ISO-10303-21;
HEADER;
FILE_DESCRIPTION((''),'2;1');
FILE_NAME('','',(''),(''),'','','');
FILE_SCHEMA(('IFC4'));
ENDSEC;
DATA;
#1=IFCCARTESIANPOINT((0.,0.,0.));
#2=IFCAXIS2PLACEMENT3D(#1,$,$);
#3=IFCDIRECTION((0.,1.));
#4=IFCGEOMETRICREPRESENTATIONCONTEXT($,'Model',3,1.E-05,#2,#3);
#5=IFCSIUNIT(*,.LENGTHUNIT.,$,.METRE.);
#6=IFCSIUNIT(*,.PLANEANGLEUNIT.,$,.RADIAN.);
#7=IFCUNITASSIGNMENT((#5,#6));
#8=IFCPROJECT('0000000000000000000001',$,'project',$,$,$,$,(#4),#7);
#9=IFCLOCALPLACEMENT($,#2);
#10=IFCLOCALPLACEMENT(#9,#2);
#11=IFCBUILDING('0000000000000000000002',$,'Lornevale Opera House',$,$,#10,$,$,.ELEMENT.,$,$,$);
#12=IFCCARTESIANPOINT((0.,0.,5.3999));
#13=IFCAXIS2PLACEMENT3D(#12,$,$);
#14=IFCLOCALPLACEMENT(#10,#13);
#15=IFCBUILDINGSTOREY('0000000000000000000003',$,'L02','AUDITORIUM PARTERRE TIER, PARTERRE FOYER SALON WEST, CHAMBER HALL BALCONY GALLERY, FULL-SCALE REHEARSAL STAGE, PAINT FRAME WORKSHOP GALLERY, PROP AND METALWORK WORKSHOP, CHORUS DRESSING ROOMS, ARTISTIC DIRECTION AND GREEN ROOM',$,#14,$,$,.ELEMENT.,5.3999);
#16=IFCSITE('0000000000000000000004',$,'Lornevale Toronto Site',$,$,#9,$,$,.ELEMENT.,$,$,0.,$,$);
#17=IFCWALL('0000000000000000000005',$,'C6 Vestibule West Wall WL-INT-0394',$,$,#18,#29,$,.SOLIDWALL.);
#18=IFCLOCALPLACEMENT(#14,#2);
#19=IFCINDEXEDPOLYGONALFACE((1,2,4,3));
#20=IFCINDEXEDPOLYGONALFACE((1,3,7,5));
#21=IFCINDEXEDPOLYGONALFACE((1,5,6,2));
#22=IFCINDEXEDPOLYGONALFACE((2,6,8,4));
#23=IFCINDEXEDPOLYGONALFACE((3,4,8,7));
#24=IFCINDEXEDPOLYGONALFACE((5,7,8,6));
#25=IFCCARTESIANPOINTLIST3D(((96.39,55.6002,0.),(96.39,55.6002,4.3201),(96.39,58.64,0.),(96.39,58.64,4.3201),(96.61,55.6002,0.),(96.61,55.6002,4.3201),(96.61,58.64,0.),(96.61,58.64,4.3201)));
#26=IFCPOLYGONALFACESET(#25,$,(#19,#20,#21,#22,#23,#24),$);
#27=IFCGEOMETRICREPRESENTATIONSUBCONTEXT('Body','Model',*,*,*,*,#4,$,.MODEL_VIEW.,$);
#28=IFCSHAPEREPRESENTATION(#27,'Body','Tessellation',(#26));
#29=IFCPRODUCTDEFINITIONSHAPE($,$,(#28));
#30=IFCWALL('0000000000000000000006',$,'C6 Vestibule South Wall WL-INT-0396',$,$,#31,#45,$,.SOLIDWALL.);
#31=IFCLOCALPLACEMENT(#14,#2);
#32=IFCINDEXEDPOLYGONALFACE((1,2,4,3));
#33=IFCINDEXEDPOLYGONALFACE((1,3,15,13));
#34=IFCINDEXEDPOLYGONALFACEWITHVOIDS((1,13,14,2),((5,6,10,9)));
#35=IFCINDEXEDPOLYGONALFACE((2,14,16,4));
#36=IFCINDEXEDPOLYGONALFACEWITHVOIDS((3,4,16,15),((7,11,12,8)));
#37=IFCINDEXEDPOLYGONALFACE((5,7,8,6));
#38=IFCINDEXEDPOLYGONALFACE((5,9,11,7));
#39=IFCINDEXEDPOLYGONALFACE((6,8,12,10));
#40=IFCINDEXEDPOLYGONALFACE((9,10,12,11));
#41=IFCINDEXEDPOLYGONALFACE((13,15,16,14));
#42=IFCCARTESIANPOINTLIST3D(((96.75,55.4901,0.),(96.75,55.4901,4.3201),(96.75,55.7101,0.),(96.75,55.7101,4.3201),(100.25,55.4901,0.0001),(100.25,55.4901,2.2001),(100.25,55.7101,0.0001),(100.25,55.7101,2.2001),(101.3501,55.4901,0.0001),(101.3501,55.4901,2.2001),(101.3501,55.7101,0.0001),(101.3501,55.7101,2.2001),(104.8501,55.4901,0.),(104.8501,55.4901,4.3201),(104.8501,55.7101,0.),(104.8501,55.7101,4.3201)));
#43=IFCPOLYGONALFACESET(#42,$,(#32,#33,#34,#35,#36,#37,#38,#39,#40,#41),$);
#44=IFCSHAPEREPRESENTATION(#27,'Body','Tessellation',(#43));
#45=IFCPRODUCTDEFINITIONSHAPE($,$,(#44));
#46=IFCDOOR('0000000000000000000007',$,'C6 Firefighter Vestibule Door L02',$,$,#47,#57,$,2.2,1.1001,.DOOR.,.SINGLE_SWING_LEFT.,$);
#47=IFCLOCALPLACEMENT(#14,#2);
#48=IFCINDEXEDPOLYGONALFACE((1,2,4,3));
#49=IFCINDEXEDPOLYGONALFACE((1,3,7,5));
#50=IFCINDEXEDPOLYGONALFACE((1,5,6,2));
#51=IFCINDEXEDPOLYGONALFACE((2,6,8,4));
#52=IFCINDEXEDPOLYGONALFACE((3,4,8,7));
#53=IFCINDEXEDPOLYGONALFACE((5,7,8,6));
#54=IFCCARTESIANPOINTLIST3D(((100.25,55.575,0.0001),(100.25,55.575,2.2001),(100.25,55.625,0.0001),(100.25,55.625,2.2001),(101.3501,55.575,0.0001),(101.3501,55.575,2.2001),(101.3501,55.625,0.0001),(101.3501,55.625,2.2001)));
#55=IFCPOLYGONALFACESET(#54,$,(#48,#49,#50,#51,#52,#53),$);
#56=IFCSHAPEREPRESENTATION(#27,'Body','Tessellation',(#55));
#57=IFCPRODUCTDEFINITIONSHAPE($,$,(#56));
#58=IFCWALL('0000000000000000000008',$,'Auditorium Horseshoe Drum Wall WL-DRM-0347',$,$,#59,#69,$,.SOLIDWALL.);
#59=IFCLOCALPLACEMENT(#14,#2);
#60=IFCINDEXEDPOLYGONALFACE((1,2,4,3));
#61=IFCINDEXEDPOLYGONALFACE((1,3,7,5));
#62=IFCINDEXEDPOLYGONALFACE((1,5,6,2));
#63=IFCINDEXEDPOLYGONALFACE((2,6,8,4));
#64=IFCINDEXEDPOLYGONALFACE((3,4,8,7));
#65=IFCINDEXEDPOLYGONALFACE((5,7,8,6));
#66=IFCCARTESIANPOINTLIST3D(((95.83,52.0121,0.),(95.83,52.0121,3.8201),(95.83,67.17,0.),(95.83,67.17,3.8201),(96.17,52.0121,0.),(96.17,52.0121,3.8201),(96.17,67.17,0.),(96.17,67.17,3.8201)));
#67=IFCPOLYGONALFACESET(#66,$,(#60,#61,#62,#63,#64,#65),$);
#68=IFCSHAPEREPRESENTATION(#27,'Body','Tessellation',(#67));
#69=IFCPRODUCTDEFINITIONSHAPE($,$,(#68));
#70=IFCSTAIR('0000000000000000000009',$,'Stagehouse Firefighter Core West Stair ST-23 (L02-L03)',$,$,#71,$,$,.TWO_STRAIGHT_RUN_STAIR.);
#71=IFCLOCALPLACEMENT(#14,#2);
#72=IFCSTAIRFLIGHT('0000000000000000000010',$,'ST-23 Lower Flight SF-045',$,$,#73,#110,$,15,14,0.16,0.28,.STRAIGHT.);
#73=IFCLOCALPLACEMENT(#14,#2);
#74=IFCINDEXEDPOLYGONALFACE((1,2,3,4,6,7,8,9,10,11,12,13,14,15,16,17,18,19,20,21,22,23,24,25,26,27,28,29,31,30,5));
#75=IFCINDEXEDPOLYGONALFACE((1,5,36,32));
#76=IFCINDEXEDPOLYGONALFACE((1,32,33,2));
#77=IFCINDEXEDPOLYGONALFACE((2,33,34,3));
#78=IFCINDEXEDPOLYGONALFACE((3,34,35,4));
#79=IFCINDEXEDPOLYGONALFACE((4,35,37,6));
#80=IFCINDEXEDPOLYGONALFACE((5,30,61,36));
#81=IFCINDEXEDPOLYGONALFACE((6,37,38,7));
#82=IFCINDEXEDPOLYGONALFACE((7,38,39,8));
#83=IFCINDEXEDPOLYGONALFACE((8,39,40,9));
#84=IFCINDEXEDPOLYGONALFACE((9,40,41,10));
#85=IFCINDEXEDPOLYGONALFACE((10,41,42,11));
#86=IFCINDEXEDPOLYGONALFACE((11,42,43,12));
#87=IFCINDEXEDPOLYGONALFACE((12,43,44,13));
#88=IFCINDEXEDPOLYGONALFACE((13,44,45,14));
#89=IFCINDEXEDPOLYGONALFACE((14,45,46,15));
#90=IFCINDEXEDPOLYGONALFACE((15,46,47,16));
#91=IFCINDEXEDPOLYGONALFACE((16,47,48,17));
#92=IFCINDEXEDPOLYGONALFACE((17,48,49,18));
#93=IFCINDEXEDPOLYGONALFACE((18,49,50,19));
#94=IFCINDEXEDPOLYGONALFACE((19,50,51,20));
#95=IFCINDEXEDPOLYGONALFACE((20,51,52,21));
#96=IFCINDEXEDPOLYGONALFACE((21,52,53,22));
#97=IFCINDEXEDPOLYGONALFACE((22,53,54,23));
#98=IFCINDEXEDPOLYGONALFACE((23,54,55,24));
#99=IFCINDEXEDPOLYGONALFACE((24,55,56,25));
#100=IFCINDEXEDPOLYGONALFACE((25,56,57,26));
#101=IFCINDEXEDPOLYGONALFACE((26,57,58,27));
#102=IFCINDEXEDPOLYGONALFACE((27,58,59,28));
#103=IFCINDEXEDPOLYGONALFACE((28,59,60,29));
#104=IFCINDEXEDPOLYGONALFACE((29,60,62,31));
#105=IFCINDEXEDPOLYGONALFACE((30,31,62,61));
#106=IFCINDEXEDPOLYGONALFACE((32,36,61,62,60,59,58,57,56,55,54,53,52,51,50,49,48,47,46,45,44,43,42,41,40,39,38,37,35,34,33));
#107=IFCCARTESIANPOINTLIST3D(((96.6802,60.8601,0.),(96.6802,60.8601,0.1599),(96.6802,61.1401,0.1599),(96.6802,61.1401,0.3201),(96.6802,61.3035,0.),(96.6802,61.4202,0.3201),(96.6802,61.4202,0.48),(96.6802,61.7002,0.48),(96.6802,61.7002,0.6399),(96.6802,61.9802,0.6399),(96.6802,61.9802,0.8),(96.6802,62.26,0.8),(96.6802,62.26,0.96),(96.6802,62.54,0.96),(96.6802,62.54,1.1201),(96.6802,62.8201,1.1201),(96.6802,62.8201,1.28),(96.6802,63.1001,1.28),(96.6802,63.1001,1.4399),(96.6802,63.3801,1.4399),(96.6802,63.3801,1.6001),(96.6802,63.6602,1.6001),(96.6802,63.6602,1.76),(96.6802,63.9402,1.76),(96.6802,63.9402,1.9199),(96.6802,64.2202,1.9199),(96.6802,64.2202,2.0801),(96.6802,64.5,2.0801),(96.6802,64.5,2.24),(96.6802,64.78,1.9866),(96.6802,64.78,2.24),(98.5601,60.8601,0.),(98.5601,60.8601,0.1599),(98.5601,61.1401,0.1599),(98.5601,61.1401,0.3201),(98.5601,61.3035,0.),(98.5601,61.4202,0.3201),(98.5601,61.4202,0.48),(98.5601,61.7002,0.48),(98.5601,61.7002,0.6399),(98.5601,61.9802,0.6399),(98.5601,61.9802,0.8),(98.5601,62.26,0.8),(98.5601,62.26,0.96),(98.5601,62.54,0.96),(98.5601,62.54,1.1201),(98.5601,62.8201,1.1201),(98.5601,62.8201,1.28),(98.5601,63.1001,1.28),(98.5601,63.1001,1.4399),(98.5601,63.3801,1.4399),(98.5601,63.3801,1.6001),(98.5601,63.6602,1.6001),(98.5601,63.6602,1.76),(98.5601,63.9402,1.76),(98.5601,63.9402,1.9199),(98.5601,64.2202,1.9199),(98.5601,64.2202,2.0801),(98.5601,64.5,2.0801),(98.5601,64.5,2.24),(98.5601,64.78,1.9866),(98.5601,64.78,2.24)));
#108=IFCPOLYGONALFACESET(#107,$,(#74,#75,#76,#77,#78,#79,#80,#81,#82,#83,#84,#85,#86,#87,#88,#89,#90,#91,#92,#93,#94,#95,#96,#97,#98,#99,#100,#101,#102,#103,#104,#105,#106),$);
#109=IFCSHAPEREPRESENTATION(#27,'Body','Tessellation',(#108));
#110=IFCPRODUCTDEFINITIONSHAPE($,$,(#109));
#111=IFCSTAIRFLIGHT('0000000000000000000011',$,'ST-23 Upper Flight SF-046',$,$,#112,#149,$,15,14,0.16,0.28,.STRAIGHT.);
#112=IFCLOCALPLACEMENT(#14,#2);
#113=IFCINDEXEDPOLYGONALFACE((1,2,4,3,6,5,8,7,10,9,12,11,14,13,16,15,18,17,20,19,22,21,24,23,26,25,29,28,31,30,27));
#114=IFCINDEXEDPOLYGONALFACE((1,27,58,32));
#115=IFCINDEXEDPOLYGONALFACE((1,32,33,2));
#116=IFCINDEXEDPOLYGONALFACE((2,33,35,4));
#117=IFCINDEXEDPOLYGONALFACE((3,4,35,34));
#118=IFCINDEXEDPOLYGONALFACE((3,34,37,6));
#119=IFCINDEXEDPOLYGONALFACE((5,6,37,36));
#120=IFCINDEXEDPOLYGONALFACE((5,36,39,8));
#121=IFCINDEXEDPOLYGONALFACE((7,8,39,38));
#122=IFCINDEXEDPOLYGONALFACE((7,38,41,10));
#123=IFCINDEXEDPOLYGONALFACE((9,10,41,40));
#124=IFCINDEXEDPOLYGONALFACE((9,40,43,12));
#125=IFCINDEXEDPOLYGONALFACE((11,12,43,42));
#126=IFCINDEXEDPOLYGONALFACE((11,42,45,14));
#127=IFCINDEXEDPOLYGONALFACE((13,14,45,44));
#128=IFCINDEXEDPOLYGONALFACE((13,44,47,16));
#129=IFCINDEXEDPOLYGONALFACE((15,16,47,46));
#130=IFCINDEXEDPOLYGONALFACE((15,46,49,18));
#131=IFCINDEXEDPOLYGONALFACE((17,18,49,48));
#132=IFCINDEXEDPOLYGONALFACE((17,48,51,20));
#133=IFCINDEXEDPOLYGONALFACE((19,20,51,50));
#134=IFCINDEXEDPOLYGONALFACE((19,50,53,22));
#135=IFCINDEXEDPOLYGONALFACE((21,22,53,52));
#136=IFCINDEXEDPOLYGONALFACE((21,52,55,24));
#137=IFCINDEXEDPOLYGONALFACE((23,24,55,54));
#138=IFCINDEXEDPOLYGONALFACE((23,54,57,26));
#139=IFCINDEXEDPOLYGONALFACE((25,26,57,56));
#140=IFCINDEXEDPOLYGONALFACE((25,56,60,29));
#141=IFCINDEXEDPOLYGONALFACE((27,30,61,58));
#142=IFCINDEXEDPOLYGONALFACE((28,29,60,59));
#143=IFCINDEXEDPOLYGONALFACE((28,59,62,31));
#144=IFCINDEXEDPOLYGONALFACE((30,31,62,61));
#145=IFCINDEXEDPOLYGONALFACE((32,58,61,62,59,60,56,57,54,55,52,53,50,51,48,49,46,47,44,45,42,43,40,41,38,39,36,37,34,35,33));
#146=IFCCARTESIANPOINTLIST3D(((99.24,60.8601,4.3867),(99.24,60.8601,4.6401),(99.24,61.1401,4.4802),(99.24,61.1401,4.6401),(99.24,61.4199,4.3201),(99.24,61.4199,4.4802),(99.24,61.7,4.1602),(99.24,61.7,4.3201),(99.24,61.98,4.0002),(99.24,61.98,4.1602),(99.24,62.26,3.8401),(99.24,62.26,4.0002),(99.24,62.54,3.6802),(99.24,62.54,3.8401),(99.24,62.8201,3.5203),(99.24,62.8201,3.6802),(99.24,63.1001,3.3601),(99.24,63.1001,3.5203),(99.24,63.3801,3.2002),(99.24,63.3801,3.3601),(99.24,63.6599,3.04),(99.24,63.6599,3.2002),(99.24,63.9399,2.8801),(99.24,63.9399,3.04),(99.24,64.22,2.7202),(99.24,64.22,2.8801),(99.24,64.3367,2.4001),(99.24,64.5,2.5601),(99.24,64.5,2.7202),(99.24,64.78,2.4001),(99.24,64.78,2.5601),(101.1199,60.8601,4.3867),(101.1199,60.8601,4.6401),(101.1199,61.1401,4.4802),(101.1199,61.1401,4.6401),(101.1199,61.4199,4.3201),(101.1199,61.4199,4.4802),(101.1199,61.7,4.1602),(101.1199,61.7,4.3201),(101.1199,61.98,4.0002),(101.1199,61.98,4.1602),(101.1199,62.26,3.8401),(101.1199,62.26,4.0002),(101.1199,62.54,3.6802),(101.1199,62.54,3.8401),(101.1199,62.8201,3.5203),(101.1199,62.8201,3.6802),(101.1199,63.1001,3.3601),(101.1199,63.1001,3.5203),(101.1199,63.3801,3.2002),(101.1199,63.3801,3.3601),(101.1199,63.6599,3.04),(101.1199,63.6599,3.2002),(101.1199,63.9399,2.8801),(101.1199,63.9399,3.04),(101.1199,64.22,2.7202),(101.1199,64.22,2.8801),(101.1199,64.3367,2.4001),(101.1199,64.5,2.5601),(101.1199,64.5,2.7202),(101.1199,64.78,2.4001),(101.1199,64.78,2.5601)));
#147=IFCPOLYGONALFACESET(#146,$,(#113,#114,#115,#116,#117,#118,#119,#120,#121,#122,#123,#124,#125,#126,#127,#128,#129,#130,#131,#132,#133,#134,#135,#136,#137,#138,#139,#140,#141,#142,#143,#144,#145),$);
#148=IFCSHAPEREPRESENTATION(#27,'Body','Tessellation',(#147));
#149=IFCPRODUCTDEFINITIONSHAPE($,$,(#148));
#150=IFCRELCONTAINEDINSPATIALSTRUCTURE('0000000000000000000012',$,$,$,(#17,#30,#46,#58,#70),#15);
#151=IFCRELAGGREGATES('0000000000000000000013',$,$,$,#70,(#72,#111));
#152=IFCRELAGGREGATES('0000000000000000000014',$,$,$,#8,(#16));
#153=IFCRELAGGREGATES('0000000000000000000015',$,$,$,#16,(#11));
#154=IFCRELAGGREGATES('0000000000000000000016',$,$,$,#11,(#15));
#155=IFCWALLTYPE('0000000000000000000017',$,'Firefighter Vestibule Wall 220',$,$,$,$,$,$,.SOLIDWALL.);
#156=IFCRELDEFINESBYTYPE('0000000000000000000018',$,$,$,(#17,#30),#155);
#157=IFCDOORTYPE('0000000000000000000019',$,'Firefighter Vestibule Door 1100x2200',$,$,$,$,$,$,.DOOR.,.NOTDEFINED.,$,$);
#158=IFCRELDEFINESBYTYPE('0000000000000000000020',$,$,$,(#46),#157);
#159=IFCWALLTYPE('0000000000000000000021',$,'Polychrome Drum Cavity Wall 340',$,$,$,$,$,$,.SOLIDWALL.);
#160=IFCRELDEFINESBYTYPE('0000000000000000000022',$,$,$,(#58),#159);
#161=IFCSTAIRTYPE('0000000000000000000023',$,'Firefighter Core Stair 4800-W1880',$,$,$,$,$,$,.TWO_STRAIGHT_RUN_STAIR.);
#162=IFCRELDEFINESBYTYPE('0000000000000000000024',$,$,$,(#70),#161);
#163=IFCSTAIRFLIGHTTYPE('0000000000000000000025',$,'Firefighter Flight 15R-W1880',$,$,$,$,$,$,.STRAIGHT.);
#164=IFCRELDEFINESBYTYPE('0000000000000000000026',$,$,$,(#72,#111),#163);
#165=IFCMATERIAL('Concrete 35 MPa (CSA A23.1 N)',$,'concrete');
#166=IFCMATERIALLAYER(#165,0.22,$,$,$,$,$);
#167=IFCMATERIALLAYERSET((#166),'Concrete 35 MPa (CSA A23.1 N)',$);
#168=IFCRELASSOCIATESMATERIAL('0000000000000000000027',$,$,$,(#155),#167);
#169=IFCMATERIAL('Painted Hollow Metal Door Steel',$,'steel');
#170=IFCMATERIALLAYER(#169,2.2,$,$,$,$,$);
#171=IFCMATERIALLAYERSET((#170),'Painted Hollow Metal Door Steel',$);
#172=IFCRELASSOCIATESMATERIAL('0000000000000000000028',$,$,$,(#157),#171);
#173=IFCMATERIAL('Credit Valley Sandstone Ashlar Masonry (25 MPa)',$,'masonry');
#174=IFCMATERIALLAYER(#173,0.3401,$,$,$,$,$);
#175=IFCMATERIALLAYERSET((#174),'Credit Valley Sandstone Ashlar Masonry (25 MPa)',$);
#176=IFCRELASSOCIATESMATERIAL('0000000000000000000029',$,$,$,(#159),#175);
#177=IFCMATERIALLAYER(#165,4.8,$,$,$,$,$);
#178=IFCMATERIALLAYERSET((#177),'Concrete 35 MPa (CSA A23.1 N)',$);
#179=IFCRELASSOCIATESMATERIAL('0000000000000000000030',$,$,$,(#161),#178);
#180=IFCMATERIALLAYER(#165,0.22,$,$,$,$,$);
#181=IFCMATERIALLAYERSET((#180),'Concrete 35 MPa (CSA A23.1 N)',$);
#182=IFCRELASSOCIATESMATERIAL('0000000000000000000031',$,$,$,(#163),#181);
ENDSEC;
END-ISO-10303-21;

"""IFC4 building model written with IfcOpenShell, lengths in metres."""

from ifc_helpers import new_model, si_unit, direction, frame, frame_2d, origin, place, context, subcontext, project, spatial, polyline, rectangle, outline, extrude, material, layer, layer_set, type_object, element, fill, aggregate, save


model = new_model("IFC4")

# Units and contexts
model_context = context("Model", 3, precision=1e-05, world=origin(), true_north=direction((0.0, 1.0)))
body_context = subcontext(model_context, "Body", "Model", "MODEL_VIEW")
ifc_project = project(units=[si_unit("LENGTHUNIT", "METRE"), si_unit("PLANEANGLEUNIT", "RADIAN")], contexts=[model_context])

# Site, building, storey
site_placement = place(None, origin())
site = spatial("IfcSite", under=ifc_project, at=site_placement, Name="Lornevale Toronto Site", CompositionType="ELEMENT", RefElevation=0.0)
building_placement = place(site_placement, origin())
building = spatial("IfcBuilding", under=site, at=building_placement, Name="Lornevale Opera House", CompositionType="ELEMENT")
storey_placement = place(building_placement, frame((0.0, 0.0, 5.3999)))
storey = spatial("IfcBuildingStorey", under=building, at=storey_placement, Name="L02", Description="AUDITORIUM PARTERRE TIER, PARTERRE FOYER SALON WEST, CHAMBER HALL BALCONY GALLERY, FULL-SCALE REHEARSAL STAGE, PAINT FRAME WORKSHOP GALLERY, PROP AND METALWORK WORKSHOP, CHORUS DRESSING ROOMS, ARTISTIC DIRECTION AND GREEN ROOM", CompositionType="ELEMENT", Elevation=5.3999)

# Shared definitions
ifc_material_1 = material(Name="Concrete 35 MPa (CSA A23.1 N)", Category="concrete")

# Shared definitions
ifc_material_2 = material(Name="Painted Hollow Metal Door Steel", Category="steel")

# Wall
ifc_layer_1 = layer(ifc_material_1, 0.22)
ifc_layer_set_1 = layer_set([ifc_layer_1], Name="Concrete 35 MPa (CSA A23.1 N)")
wall_type_1 = type_object("IfcWallType", Name="Firefighter Vestibule Wall 220", PredefinedType="SOLIDWALL", material=ifc_layer_set_1)
wall_1_placement = place(storey_placement, frame((96.5, 55.6001, 0.0), z_axis=(0.0, 0.0, 1.0), x_axis=(0.0, 1.0, 0.0)))
element("IfcWall", 1, at=wall_1_placement, inside=storey, type_object=wall_type_1, Name="C6 Vestibule West Wall WL-INT-0394", PredefinedType="SOLIDWALL", context=body_context, shape_type="SweptSolid", body=[
    extrude(rectangle(XDim=3.0398, YDim=0.22, at=frame_2d((1.52, 0.0))), origin(), (0.0, 0.0, 1.0), 4.3201),
])

# Wall, opening, door
wall_2_placement = place(storey_placement, frame((96.75, 55.6001, 0.0), z_axis=(0.0, 0.0, 1.0), x_axis=(1.0, 0.0, 0.0)))
wall_2 = element("IfcWall", 2, at=wall_2_placement, inside=storey, type_object=wall_type_1, Name="C6 Vestibule South Wall WL-INT-0396", PredefinedType="SOLIDWALL", context=body_context, shape_type="SweptSolid", body=[
    extrude(rectangle(XDim=8.1001, YDim=0.22, at=frame_2d((4.05, 0.0))), origin(), (0.0, 0.0, 1.0), 4.3201),
])
opening_1_placement = place(wall_2_placement, frame((3.5, 0.0, 0.0)))
opening_1 = element("IfcOpeningElement", 3, at=opening_1_placement, cuts=wall_2, PredefinedType="OPENING", context=body_context, shape_type="SweptSolid", body=[
    extrude(rectangle(XDim=1.1001, YDim=2.2, at=frame_2d((0.55, 1.1001))), frame((0.0, 0.1199, 0.0), z_axis=(0.0, -1.0, 0.0), x_axis=(1.0, 0.0, 0.0)), (0.0, 0.0, 1.0), 0.24),
])
ifc_layer_2 = layer(ifc_material_2, 2.2)
ifc_layer_set_2 = layer_set([ifc_layer_2], Name="Painted Hollow Metal Door Steel")
door_type_1 = type_object("IfcDoorType", Name="Firefighter Vestibule Door 1100x2200", OperationType="NOTDEFINED", PredefinedType="DOOR", material=ifc_layer_set_2)
door_1_placement = place(opening_1_placement, origin())
door_1 = element("IfcDoor", 4, at=door_1_placement, inside=storey, type_object=door_type_1, Name="C6 Firefighter Vestibule Door L02", OperationType="SINGLE_SWING_LEFT", OverallHeight=2.2, OverallWidth=1.1001, PredefinedType="DOOR", context=body_context, shape_type="SweptSolid", body=[
    extrude(rectangle(XDim=1.1001, YDim=2.2, at=frame_2d((0.55, 1.1001))), frame((0.0, 0.0249, 0.0), z_axis=(0.0, -1.0, 0.0), x_axis=(1.0, 0.0, 0.0)), (0.0, 0.0, 1.0), 0.05),
])
fill(opening_1, door_1)

# Wall
ifc_material_3 = material(Name="Credit Valley Sandstone Ashlar Masonry (25 MPa)", Category="masonry")
ifc_layer_3 = layer(ifc_material_3, 0.3401)
ifc_layer_set_3 = layer_set([ifc_layer_3], Name="Credit Valley Sandstone Ashlar Masonry (25 MPa)")
wall_type_2 = type_object("IfcWallType", Name="Polychrome Drum Cavity Wall 340", PredefinedType="SOLIDWALL", material=ifc_layer_set_3)
wall_3_placement = place(storey_placement, frame((96.0, 52.012, 0.0), z_axis=(0.0, 0.0, 1.0), x_axis=(0.0, 1.0, 0.0)))
element("IfcWall", 5, at=wall_3_placement, inside=storey, type_object=wall_type_2, Name="Auditorium Horseshoe Drum Wall WL-DRM-0347", PredefinedType="SOLIDWALL", context=body_context, shape_type="SweptSolid", body=[
    extrude(rectangle(XDim=15.158, YDim=0.3401, at=frame_2d((7.5791, 0.0))), origin(), (0.0, 0.0, 1.0), 3.8201),
])

# Stair, stair flights
ifc_layer_4 = layer(ifc_material_1, 4.8)
ifc_layer_set_4 = layer_set([ifc_layer_4], Name="Concrete 35 MPa (CSA A23.1 N)")
stair_type = type_object("IfcStairType", Name="Firefighter Core Stair 4800-W1880", PredefinedType="TWO_STRAIGHT_RUN_STAIR", material=ifc_layer_set_4)
stair_placement = place(storey_placement, origin())
stair = element("IfcStair", 6, at=stair_placement, inside=storey, type_object=stair_type, Name="Stagehouse Firefighter Core West Stair ST-23 (L02-L03)", PredefinedType="TWO_STRAIGHT_RUN_STAIR")
ifc_layer_5 = layer(ifc_material_1, 0.22)
ifc_layer_set_5 = layer_set([ifc_layer_5], Name="Concrete 35 MPa (CSA A23.1 N)")
stair_flight_type = type_object("IfcStairFlightType", Name="Firefighter Flight 15R-W1880", PredefinedType="STRAIGHT", material=ifc_layer_set_5)
stair_flight_1_placement = place(storey_placement, frame((97.6201, 60.8601, 0.0), z_axis=(0.0, 0.0, 1.0), x_axis=(0.0, 1.0, 0.0)))
stair_flight_1 = element("IfcStairFlight", 7, at=stair_flight_1_placement, type_object=stair_flight_type, Name="ST-23 Lower Flight SF-045", NumberOfRisers=15, NumberOfTreads=14, PredefinedType="STRAIGHT", RiserHeight=0.16, TreadLength=0.28, context=body_context, shape_type="SweptSolid", body=[
    extrude(outline(polyline([(0.0, 0.0), (0.0, 0.1599), (0.28, 0.1599), (0.28, 0.3201), (0.5601, 0.3201), (0.5601, 0.48), (0.8401, 0.48), (0.8401, 0.6399), (1.1201, 0.6399), (1.1201, 0.8), (1.3999, 0.8), (1.3999, 0.96), (1.6799, 0.96), (1.6799, 1.1201), (1.96, 1.1201), (1.96, 1.28), (2.24, 1.28), (2.24, 1.4399), (2.52, 1.4399), (2.52, 1.6001), (2.8, 1.6001), (2.8, 1.76), (3.0801, 1.76), (3.0801, 1.9199), (3.3601, 1.9199), (3.3601, 2.0801), (3.6399, 2.0801), (3.6399, 2.24), (3.9199, 2.24), (3.9199, 1.9866), (0.4434, 0.0), (0.0, 0.0)])), frame((0.0, 0.9399, 0.0), z_axis=(0.0, -1.0, 0.0), x_axis=(1.0, 0.0, 0.0)), (0.0, 0.0, 1.0), 1.8799),
])
stair_flight_2_placement = place(storey_placement, frame((100.1799, 64.78, 2.4001), z_axis=(0.0, 0.0, 1.0), x_axis=(0.0, -1.0, 0.0)))
stair_flight_2 = element("IfcStairFlight", 8, at=stair_flight_2_placement, type_object=stair_flight_type, Name="ST-23 Upper Flight SF-046", NumberOfRisers=15, NumberOfTreads=14, PredefinedType="STRAIGHT", RiserHeight=0.16, TreadLength=0.28, context=body_context, shape_type="SweptSolid", body=[
    extrude(outline(polyline([(0.0, 0.0), (0.0, 0.1599), (0.28, 0.1599), (0.28, 0.3201), (0.5601, 0.3201), (0.5601, 0.48), (0.8401, 0.48), (0.8401, 0.6399), (1.1201, 0.6399), (1.1201, 0.8), (1.3999, 0.8), (1.3999, 0.96), (1.6799, 0.96), (1.6799, 1.1201), (1.96, 1.1201), (1.96, 1.28), (2.24, 1.28), (2.24, 1.4399), (2.52, 1.4399), (2.52, 1.6001), (2.8, 1.6001), (2.8, 1.76), (3.0801, 1.76), (3.0801, 1.9199), (3.3601, 1.9199), (3.3601, 2.0801), (3.6399, 2.0801), (3.6399, 2.24), (3.9199, 2.24), (3.9199, 1.9866), (0.4434, 0.0), (0.0, 0.0)])), frame((0.0, 0.9399, 0.0), z_axis=(0.0, -1.0, 0.0), x_axis=(1.0, 0.0, 0.0)), (0.0, 0.0, 1.0), 1.8799),
])
aggregate(stair, [stair_flight_1, stair_flight_2])

save(model, "model.ifc")
